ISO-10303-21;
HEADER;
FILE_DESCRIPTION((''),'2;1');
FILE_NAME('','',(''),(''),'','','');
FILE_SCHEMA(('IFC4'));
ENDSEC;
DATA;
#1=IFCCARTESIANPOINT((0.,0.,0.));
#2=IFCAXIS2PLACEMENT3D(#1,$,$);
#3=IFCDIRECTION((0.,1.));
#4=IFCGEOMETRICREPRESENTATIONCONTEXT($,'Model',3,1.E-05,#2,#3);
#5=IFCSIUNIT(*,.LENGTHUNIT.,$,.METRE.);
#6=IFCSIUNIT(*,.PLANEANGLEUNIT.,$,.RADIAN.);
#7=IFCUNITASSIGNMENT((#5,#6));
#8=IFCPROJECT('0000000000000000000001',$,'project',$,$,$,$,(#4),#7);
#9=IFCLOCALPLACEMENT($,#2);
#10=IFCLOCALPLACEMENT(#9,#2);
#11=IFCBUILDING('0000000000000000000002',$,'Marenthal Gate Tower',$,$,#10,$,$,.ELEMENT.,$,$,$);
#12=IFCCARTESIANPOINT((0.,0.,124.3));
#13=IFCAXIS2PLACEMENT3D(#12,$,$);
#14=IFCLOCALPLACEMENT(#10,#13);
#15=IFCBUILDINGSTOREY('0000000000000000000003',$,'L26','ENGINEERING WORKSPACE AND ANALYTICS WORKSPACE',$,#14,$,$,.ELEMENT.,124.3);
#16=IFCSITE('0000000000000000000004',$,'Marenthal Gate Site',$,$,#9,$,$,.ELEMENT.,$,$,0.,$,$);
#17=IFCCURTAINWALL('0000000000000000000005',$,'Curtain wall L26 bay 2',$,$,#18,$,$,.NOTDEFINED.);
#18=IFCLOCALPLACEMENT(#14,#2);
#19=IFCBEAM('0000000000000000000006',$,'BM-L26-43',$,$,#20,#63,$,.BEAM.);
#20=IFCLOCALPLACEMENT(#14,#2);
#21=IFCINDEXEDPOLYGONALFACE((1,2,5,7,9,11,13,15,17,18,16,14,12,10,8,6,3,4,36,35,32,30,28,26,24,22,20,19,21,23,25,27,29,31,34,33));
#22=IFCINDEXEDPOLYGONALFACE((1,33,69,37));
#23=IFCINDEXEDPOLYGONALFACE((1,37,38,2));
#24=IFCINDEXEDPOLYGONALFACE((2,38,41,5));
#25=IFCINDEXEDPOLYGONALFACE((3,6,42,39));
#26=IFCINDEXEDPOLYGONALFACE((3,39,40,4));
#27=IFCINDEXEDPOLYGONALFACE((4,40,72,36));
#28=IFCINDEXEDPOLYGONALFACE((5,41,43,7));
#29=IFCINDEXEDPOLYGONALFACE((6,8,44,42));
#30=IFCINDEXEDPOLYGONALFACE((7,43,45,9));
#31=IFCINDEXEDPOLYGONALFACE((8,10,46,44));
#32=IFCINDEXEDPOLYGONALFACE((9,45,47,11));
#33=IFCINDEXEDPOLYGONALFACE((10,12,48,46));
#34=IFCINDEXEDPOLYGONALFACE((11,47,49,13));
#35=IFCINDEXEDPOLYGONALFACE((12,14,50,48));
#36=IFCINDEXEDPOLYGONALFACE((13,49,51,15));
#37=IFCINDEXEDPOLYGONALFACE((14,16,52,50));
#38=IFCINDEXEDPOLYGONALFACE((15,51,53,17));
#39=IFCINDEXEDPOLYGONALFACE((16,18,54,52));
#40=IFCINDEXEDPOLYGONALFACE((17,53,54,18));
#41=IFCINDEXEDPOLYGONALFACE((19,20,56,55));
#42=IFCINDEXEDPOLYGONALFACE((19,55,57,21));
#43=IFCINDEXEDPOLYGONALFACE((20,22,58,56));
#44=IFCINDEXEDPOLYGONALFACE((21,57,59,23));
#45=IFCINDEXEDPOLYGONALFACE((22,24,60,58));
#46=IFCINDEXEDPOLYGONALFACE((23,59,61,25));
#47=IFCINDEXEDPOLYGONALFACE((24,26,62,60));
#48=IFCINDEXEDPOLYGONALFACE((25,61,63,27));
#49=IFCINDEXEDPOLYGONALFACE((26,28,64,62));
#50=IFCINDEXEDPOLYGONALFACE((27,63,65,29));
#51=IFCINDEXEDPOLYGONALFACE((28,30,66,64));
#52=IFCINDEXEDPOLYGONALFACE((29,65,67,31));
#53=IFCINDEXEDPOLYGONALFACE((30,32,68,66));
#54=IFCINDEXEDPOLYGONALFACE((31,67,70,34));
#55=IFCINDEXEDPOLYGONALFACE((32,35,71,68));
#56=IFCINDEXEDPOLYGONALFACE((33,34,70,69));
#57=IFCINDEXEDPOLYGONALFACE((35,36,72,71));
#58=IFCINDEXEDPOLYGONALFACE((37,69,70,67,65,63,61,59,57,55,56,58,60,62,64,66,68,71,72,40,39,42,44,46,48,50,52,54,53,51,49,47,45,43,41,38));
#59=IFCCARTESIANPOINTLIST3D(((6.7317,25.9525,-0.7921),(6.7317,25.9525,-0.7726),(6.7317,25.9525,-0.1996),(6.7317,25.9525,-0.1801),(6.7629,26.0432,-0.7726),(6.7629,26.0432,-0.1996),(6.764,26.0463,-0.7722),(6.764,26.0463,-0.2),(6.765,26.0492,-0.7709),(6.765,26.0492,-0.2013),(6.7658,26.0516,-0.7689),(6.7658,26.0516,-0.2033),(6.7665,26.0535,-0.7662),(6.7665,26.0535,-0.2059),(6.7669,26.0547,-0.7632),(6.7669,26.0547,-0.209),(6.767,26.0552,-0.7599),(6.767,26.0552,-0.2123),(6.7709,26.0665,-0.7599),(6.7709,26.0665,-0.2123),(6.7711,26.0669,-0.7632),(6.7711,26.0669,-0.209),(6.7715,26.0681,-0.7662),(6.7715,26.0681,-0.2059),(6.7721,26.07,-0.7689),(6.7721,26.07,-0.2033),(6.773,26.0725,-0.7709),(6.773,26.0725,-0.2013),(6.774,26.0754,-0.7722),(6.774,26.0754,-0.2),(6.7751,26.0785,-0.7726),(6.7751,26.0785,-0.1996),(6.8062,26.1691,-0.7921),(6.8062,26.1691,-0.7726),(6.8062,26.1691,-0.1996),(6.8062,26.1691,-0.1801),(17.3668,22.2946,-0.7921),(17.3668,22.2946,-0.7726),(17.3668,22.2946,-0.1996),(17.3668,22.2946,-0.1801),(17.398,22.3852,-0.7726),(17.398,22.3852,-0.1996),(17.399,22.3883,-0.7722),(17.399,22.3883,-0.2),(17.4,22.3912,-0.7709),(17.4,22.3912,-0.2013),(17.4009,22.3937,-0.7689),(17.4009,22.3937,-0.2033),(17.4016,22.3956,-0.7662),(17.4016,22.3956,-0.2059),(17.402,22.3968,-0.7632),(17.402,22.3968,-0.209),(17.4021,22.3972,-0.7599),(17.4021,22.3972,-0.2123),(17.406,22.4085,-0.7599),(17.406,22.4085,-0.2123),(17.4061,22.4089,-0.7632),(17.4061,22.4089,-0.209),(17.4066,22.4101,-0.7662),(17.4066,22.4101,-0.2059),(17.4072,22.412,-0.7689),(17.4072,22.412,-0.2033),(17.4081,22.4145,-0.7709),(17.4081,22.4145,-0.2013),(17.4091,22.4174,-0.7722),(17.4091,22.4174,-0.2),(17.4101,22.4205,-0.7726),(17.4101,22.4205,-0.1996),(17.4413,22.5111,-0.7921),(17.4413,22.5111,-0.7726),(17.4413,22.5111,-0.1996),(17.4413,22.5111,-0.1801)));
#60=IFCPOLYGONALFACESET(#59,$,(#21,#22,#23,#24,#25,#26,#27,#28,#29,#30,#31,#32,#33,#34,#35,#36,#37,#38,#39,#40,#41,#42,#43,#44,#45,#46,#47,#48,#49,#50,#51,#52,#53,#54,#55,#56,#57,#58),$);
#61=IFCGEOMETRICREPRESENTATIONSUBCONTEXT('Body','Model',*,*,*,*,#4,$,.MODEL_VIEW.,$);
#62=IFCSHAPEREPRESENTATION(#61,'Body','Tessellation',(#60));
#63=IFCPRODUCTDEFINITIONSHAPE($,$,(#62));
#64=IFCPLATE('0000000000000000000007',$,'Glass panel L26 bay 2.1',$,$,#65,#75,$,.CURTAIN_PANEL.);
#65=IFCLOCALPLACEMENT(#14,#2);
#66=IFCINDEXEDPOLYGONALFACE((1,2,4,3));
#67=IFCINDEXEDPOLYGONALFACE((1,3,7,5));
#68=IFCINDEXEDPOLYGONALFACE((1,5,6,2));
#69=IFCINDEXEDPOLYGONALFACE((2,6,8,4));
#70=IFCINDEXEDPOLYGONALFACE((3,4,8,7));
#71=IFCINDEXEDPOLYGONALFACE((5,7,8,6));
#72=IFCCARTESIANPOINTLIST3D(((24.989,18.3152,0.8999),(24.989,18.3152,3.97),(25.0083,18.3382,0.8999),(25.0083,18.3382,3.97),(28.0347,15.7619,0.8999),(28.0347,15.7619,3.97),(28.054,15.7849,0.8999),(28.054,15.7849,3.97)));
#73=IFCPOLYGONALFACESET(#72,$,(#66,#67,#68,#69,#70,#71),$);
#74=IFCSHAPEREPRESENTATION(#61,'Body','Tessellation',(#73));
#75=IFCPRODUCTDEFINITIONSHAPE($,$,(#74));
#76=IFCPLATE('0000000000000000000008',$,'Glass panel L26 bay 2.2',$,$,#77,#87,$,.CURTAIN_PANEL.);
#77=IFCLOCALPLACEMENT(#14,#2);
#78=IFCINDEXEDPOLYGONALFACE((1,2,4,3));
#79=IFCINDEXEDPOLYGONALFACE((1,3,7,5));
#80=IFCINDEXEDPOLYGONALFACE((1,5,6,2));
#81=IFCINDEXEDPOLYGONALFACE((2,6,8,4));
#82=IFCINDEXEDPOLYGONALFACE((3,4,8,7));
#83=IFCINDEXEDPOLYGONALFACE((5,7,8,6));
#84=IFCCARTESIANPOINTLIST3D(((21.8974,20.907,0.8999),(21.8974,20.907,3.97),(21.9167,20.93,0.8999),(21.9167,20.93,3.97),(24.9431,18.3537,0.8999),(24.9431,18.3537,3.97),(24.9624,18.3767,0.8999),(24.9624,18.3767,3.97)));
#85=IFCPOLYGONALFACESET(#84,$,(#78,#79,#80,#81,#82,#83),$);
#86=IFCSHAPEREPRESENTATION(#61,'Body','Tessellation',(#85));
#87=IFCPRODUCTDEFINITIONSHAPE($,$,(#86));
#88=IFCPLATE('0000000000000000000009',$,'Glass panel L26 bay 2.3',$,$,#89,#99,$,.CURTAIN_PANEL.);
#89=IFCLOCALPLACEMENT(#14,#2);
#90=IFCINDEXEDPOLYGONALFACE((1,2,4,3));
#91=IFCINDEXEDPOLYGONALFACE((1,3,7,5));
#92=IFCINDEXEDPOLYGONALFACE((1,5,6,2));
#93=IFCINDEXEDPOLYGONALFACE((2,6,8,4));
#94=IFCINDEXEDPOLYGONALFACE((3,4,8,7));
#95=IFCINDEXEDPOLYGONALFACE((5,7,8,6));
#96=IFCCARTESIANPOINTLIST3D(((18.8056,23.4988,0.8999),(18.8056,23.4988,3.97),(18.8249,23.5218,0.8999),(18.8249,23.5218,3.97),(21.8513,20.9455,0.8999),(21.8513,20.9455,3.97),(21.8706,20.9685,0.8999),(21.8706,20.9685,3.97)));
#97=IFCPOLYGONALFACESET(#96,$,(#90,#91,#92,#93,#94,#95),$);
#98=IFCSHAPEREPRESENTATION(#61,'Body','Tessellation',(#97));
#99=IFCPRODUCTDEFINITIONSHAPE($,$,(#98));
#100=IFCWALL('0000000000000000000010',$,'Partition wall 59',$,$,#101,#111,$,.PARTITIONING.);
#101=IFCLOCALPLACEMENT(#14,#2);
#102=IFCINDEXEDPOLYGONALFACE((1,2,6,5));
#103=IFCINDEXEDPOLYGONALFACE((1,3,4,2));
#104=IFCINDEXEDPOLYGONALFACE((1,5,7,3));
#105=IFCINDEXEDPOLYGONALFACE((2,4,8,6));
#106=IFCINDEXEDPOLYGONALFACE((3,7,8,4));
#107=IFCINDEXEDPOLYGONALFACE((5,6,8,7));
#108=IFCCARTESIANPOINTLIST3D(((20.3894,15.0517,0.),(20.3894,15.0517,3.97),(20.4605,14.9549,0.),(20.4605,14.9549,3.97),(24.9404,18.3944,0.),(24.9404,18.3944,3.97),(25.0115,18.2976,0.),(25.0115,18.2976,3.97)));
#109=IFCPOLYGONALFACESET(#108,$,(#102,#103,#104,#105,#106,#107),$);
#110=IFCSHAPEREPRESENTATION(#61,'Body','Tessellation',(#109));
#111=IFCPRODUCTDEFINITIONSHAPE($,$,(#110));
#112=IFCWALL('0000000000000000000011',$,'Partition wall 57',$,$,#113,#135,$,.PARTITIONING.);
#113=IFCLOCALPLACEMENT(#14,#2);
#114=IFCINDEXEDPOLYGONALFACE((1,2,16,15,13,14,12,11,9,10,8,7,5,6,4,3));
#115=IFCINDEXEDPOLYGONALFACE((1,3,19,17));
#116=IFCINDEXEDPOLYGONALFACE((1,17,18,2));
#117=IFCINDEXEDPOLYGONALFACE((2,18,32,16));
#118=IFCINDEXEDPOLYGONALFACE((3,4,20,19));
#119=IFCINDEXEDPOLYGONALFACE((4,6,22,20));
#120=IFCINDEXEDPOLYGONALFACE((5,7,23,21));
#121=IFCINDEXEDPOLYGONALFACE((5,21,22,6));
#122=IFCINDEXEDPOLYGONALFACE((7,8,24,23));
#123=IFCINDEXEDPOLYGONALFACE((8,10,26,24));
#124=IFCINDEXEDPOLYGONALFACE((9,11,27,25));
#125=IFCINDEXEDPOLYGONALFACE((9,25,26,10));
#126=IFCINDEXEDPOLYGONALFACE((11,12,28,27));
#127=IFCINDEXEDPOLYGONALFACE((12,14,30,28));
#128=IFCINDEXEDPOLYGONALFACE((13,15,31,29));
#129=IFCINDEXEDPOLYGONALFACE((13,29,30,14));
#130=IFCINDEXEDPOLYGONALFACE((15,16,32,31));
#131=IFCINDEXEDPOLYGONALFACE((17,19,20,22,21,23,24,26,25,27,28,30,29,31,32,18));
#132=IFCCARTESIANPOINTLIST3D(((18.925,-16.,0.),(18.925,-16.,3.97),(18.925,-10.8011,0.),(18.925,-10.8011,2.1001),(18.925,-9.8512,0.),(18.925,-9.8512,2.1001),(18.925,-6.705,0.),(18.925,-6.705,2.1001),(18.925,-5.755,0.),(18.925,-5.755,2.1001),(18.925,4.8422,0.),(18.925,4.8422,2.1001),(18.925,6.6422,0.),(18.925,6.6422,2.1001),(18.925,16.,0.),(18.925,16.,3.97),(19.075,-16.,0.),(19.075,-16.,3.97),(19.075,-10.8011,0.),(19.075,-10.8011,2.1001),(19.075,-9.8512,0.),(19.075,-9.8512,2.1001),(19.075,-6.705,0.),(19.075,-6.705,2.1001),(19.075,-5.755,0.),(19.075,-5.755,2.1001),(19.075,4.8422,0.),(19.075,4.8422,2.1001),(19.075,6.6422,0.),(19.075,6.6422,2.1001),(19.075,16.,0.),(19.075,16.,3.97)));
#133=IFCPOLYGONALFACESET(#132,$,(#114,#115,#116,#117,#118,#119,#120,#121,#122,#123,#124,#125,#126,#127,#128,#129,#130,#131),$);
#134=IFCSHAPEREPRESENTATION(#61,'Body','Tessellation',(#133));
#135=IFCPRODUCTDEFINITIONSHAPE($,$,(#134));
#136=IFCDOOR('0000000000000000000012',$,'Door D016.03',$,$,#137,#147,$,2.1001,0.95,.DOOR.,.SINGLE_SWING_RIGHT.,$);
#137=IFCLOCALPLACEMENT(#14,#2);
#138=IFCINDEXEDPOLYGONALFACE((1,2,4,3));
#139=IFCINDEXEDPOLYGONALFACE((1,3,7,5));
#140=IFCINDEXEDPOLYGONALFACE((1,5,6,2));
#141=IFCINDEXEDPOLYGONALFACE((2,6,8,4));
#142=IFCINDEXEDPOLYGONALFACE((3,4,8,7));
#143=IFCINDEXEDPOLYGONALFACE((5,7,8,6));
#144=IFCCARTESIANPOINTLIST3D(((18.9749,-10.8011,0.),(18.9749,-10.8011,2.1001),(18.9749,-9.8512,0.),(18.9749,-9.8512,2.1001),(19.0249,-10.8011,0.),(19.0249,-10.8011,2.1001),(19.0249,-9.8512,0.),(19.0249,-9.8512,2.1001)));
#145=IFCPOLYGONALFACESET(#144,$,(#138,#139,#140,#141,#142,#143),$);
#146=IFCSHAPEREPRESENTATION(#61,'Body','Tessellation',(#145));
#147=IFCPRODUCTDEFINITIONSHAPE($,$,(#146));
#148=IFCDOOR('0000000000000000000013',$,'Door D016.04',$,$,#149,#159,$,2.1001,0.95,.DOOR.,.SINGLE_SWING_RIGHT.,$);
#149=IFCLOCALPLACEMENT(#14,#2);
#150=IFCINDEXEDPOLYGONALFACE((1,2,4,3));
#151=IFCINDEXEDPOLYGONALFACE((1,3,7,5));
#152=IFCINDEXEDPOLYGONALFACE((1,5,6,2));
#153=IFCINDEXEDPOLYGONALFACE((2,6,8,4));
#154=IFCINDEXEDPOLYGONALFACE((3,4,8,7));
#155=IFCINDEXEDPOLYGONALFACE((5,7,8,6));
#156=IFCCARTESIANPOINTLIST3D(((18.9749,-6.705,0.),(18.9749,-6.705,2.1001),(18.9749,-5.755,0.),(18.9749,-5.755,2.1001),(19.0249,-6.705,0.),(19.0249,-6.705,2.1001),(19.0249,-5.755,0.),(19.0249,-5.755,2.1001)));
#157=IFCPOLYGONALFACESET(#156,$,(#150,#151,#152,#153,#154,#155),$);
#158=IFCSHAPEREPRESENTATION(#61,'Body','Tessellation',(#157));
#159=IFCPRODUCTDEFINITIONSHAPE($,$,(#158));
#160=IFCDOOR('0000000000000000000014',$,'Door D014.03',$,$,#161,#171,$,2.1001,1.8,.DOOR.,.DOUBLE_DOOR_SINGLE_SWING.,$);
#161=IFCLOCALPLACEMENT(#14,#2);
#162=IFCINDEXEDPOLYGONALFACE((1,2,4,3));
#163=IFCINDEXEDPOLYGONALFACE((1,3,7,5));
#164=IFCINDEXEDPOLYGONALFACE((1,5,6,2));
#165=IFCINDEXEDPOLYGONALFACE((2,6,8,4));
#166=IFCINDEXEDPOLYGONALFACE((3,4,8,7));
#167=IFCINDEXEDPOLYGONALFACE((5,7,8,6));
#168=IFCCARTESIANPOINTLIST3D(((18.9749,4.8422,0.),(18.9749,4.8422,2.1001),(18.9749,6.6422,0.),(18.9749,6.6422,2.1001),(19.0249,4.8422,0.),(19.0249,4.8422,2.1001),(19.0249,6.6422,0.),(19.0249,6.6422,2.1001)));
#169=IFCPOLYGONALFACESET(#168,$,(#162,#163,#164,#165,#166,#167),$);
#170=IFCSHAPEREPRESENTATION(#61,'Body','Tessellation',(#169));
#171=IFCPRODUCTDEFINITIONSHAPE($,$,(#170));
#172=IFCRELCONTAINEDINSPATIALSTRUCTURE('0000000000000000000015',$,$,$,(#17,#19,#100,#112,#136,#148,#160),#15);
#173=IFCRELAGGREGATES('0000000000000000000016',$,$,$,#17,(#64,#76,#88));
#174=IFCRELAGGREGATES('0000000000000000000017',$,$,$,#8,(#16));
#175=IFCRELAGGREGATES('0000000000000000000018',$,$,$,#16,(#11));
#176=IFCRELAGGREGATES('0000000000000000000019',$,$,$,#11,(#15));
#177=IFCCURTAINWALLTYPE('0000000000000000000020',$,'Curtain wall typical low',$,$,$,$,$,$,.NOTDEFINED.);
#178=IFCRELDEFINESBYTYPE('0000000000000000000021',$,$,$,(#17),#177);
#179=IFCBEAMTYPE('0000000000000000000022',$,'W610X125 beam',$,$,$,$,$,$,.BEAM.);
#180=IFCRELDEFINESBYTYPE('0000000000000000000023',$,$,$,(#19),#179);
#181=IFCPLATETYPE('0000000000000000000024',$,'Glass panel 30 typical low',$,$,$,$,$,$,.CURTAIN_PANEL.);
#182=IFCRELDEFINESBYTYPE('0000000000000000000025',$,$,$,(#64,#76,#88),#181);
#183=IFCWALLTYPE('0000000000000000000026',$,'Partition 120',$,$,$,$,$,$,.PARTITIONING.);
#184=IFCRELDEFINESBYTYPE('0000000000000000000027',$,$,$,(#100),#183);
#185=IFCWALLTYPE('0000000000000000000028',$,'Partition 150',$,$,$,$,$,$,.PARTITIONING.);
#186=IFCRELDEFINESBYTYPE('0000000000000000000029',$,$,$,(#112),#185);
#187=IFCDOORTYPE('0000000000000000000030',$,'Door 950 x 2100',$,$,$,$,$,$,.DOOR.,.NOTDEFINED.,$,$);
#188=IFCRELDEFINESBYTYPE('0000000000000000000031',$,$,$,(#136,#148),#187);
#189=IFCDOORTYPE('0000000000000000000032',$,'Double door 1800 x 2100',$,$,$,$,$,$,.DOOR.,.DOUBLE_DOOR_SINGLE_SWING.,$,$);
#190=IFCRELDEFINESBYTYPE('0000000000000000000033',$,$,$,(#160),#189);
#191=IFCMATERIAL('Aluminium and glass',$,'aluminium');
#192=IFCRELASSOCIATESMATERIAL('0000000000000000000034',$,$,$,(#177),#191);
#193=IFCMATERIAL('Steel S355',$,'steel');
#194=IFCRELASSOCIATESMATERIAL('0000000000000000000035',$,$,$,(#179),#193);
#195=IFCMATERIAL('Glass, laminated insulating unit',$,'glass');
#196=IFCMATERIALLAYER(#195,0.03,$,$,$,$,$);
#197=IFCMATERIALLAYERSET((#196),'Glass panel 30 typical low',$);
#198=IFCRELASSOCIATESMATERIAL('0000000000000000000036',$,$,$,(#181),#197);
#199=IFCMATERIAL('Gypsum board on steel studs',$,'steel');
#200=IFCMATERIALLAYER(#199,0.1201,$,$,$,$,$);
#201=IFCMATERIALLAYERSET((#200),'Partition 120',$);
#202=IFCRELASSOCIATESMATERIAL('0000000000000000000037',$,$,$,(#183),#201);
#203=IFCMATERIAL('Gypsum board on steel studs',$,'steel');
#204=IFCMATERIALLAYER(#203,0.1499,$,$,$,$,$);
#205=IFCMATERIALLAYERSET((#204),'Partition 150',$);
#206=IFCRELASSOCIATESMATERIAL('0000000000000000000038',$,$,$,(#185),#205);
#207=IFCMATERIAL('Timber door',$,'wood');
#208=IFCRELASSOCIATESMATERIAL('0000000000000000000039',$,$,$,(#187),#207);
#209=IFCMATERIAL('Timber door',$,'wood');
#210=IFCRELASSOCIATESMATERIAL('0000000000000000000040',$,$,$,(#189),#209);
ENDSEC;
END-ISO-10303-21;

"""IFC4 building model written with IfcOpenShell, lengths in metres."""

from ifc_helpers import new_model, si_unit, direction, frame, frame_2d, origin, origin_2d, place, context, subcontext, project, spatial, rectangle, i_section, extrude, material, layer, layer_set, material_profile, profile_set, type_object, element, fill, aggregate, save


model = new_model("IFC4")

# Units and contexts
model_context = context("Model", 3, precision=1e-05, world=origin(), true_north=direction((0.0, 1.0)))
body_context = subcontext(model_context, "Body", "Model", "MODEL_VIEW")
ifc_project = project(units=[si_unit("LENGTHUNIT", "METRE"), si_unit("PLANEANGLEUNIT", "RADIAN")], contexts=[model_context])

# Site, building, storey
site_placement = place(None, origin())
site = spatial("IfcSite", under=ifc_project, at=site_placement, Name="Marenthal Gate Site", CompositionType="ELEMENT", RefElevation=0.0)
building_placement = place(site_placement, origin())
building = spatial("IfcBuilding", under=site, at=building_placement, Name="Marenthal Gate Tower", CompositionType="ELEMENT")
storey_placement = place(building_placement, frame((0.0, 0.0, 124.3)))
storey = spatial("IfcBuildingStorey", under=building, at=storey_placement, Name="L26", Description="ENGINEERING WORKSPACE AND ANALYTICS WORKSPACE", CompositionType="ELEMENT", Elevation=124.3)

# Curtain wall
ifc_material_1 = material(Name="Aluminium and glass", Category="aluminium")
curtain_wall_type = type_object("IfcCurtainWallType", Name="Curtain wall typical low", PredefinedType="NOTDEFINED", material=ifc_material_1)
curtain_wall_placement = place(storey_placement, origin())
curtain_wall = element("IfcCurtainWall", 1, at=curtain_wall_placement, inside=storey, type_object=curtain_wall_type, Name="Curtain wall L26 bay 2", PredefinedType="NOTDEFINED")

# Beam
ifc_material_2 = material(Name="Steel S355", Category="steel")
ifc_material_profile_1 = material_profile(ifc_material_2, i_section(OverallWidth=0.229, OverallDepth=0.6121, WebThickness=0.012, FlangeThickness=0.0195, FilletRadius=0.0127, at=origin_2d()), Name="W610X125")
ifc_profile_set_1 = profile_set([ifc_material_profile_1], Name="Steel S355")
beam_type_1 = type_object("IfcBeamType", Name="W610X125 beam", PredefinedType="BEAM", material=ifc_profile_set_1)
beam_1_placement = place(storey_placement, frame((17.4041, 22.4028, -0.4861), z_axis=(-0.945627, 0.325253, 0.0), x_axis=(-0.325253, -0.945627, 0.0)))
element("IfcBeam", 2, at=beam_1_placement, inside=storey, type_object=beam_type_1, Name="BM-L26-43", PredefinedType="BEAM", context=body_context, shape_type="SweptSolid", body=[
    extrude(i_section(OverallWidth=0.229, OverallDepth=0.6121, WebThickness=0.012, FlangeThickness=0.0195, FilletRadius=0.0127, at=origin_2d()), origin(), (0.0, 0.0, 1.0), 11.2466),
])

# Plates
ifc_material_3 = material(Name="Glass, laminated insulating unit", Category="glass")
ifc_layer_1 = layer(ifc_material_3, 0.03)
ifc_layer_set_1 = layer_set([ifc_layer_1], Name="Glass panel 30 typical low")
plate_type = type_object("IfcPlateType", Name="Glass panel 30 typical low", PredefinedType="CURTAIN_PANEL", material=ifc_layer_set_1)
plate_1_placement = place(storey_placement, frame((26.5215, 17.05, 0.8999), z_axis=(0.0, 0.0, 1.0), x_axis=(-0.766338, 0.642438, 0.0)))
plate_1 = element("IfcPlate", 3, at=plate_1_placement, type_object=plate_type, Name="Glass panel L26 bay 2.1", PredefinedType="CURTAIN_PANEL", context=body_context, shape_type="SweptSolid", body=[
    extrude(rectangle(XDim=3.9744, YDim=0.03, at=origin_2d()), origin(), (0.0, 0.0, 1.0), 3.0701),
])
plate_2_placement = place(storey_placement, frame((23.4299, 19.6418, 0.8999), z_axis=(0.0, 0.0, 1.0), x_axis=(-0.766338, 0.642438, 0.0)))
plate_2 = element("IfcPlate", 4, at=plate_2_placement, type_object=plate_type, Name="Glass panel L26 bay 2.2", PredefinedType="CURTAIN_PANEL", context=body_context, shape_type="SweptSolid", body=[
    extrude(rectangle(XDim=3.9744, YDim=0.03, at=origin_2d()), origin(), (0.0, 0.0, 1.0), 3.0701),
])
plate_3_placement = place(storey_placement, frame((20.3381, 22.2336, 0.8999), z_axis=(0.0, 0.0, 1.0), x_axis=(-0.766338, 0.642438, 0.0)))
plate_3 = element("IfcPlate", 5, at=plate_3_placement, type_object=plate_type, Name="Glass panel L26 bay 2.3", PredefinedType="CURTAIN_PANEL", context=body_context, shape_type="SweptSolid", body=[
    extrude(rectangle(XDim=3.9744, YDim=0.03, at=origin_2d()), origin(), (0.0, 0.0, 1.0), 3.0701),
])
aggregate(curtain_wall, [plate_1, plate_2, plate_3])

# Wall
ifc_material_4 = material(Name="Gypsum board on steel studs", Category="steel")
ifc_layer_2 = layer(ifc_material_4, 0.1201)
ifc_layer_set_2 = layer_set([ifc_layer_2], Name="Partition 120")
wall_type_1 = type_object("IfcWallType", Name="Partition 120", PredefinedType="PARTITIONING", material=ifc_layer_set_2)
wall_1_placement = place(storey_placement, frame((24.9758, 18.3459, 0.0), z_axis=(0.0, 0.0, 1.0), x_axis=(-0.805953, -0.59198, 0.0)))
element("IfcWall", 6, at=wall_1_placement, inside=storey, type_object=wall_type_1, Name="Partition wall 59", PredefinedType="PARTITIONING", context=body_context, shape_type="SweptSolid", body=[
    extrude(rectangle(XDim=5.6467, YDim=0.1201, at=frame_2d((2.8232, 0.0))), origin(), (0.0, 0.0, 1.0), 3.97),
])

# Wall, openings, doors
ifc_material_5 = material(Name="Gypsum board on steel studs", Category="steel")
ifc_layer_3 = layer(ifc_material_5, 0.1499)
ifc_layer_set_3 = layer_set([ifc_layer_3], Name="Partition 150")
wall_type_2 = type_object("IfcWallType", Name="Partition 150", PredefinedType="PARTITIONING", material=ifc_layer_set_3)
wall_2_placement = place(storey_placement, frame((19.0, 16.0, 0.0), z_axis=(0.0, 0.0, 1.0), x_axis=(0.0, -1.0, 0.0)))
wall_2 = element("IfcWall", 7, at=wall_2_placement, inside=storey, type_object=wall_type_2, Name="Partition wall 57", PredefinedType="PARTITIONING", context=body_context, shape_type="SweptSolid", body=[
    extrude(rectangle(XDim=32.0, YDim=0.1499, at=frame_2d((16.0, 0.0))), origin(), (0.0, 0.0, 1.0), 3.97),
])
opening_1_placement = place(wall_2_placement, frame((25.8511, 0.0, 0.0)))
opening_1 = element("IfcOpeningElement", 8, at=opening_1_placement, cuts=wall_2, PredefinedType="OPENING", context=body_context, shape_type="SweptSolid", body=[
    extrude(rectangle(XDim=0.95, YDim=2.1001, at=frame_2d((0.4751, 1.05))), frame((0.0, 0.085, 0.0), z_axis=(0.0, -1.0, 0.0), x_axis=(1.0, 0.0, 0.0)), (0.0, 0.0, 1.0), 0.1699),
])
opening_2_placement = place(wall_2_placement, frame((21.7549, 0.0, 0.0)))
opening_2 = element("IfcOpeningElement", 9, at=opening_2_placement, cuts=wall_2, PredefinedType="OPENING", context=body_context, shape_type="SweptSolid", body=[
    extrude(rectangle(XDim=0.95, YDim=2.1001, at=frame_2d((0.4751, 1.05))), frame((0.0, 0.085, 0.0), z_axis=(0.0, -1.0, 0.0), x_axis=(1.0, 0.0, 0.0)), (0.0, 0.0, 1.0), 0.1699),
])
opening_3_placement = place(wall_2_placement, frame((9.3579, 0.0, 0.0)))
opening_3 = element("IfcOpeningElement", 10, at=opening_3_placement, cuts=wall_2, PredefinedType="OPENING", context=body_context, shape_type="SweptSolid", body=[
    extrude(rectangle(XDim=1.8, YDim=2.1001, at=frame_2d((0.8999, 1.05))), frame((0.0, 0.085, 0.0), z_axis=(0.0, -1.0, 0.0), x_axis=(1.0, 0.0, 0.0)), (0.0, 0.0, 1.0), 0.1699),
])
ifc_material_6 = material(Name="Timber door", Category="wood")
door_type_1 = type_object("IfcDoorType", Name="Door 950 x 2100", OperationType="NOTDEFINED", PredefinedType="DOOR", material=ifc_material_6)
door_1_placement = place(opening_1_placement, origin())
door_1 = element("IfcDoor", 11, at=door_1_placement, inside=storey, type_object=door_type_1, Name="Door D016.03", OperationType="SINGLE_SWING_RIGHT", OverallHeight=2.1001, OverallWidth=0.95, PredefinedType="DOOR", context=body_context, shape_type="SweptSolid", body=[
    extrude(rectangle(XDim=0.95, YDim=2.1001, at=frame_2d((0.4751, 1.05))), frame((0.0, 0.0249, 0.0), z_axis=(0.0, -1.0, 0.0), x_axis=(1.0, 0.0, 0.0)), (0.0, 0.0, 1.0), 0.05),
])
fill(opening_1, door_1)
door_2_placement = place(opening_2_placement, origin())
door_2 = element("IfcDoor", 12, at=door_2_placement, inside=storey, type_object=door_type_1, Name="Door D016.04", OperationType="SINGLE_SWING_RIGHT", OverallHeight=2.1001, OverallWidth=0.95, PredefinedType="DOOR", context=body_context, shape_type="SweptSolid", body=[
    extrude(rectangle(XDim=0.95, YDim=2.1001, at=frame_2d((0.4751, 1.05))), frame((0.0, 0.0249, 0.0), z_axis=(0.0, -1.0, 0.0), x_axis=(1.0, 0.0, 0.0)), (0.0, 0.0, 1.0), 0.05),
])
fill(opening_2, door_2)
ifc_material_7 = material(Name="Timber door", Category="wood")
door_type_2 = type_object("IfcDoorType", Name="Double door 1800 x 2100", OperationType="DOUBLE_DOOR_SINGLE_SWING", PredefinedType="DOOR", material=ifc_material_7)
door_3_placement = place(opening_3_placement, origin())
door_3 = element("IfcDoor", 13, at=door_3_placement, inside=storey, type_object=door_type_2, Name="Door D014.03", OperationType="DOUBLE_DOOR_SINGLE_SWING", OverallHeight=2.1001, OverallWidth=1.8, PredefinedType="DOOR", context=body_context, shape_type="SweptSolid", body=[
    extrude(rectangle(XDim=1.8, YDim=2.1001, at=frame_2d((0.8999, 1.05))), frame((0.0, 0.0249, 0.0), z_axis=(0.0, -1.0, 0.0), x_axis=(1.0, 0.0, 0.0)), (0.0, 0.0, 1.0), 0.05),
])
fill(opening_3, door_3)

save(model, "model.ifc")
